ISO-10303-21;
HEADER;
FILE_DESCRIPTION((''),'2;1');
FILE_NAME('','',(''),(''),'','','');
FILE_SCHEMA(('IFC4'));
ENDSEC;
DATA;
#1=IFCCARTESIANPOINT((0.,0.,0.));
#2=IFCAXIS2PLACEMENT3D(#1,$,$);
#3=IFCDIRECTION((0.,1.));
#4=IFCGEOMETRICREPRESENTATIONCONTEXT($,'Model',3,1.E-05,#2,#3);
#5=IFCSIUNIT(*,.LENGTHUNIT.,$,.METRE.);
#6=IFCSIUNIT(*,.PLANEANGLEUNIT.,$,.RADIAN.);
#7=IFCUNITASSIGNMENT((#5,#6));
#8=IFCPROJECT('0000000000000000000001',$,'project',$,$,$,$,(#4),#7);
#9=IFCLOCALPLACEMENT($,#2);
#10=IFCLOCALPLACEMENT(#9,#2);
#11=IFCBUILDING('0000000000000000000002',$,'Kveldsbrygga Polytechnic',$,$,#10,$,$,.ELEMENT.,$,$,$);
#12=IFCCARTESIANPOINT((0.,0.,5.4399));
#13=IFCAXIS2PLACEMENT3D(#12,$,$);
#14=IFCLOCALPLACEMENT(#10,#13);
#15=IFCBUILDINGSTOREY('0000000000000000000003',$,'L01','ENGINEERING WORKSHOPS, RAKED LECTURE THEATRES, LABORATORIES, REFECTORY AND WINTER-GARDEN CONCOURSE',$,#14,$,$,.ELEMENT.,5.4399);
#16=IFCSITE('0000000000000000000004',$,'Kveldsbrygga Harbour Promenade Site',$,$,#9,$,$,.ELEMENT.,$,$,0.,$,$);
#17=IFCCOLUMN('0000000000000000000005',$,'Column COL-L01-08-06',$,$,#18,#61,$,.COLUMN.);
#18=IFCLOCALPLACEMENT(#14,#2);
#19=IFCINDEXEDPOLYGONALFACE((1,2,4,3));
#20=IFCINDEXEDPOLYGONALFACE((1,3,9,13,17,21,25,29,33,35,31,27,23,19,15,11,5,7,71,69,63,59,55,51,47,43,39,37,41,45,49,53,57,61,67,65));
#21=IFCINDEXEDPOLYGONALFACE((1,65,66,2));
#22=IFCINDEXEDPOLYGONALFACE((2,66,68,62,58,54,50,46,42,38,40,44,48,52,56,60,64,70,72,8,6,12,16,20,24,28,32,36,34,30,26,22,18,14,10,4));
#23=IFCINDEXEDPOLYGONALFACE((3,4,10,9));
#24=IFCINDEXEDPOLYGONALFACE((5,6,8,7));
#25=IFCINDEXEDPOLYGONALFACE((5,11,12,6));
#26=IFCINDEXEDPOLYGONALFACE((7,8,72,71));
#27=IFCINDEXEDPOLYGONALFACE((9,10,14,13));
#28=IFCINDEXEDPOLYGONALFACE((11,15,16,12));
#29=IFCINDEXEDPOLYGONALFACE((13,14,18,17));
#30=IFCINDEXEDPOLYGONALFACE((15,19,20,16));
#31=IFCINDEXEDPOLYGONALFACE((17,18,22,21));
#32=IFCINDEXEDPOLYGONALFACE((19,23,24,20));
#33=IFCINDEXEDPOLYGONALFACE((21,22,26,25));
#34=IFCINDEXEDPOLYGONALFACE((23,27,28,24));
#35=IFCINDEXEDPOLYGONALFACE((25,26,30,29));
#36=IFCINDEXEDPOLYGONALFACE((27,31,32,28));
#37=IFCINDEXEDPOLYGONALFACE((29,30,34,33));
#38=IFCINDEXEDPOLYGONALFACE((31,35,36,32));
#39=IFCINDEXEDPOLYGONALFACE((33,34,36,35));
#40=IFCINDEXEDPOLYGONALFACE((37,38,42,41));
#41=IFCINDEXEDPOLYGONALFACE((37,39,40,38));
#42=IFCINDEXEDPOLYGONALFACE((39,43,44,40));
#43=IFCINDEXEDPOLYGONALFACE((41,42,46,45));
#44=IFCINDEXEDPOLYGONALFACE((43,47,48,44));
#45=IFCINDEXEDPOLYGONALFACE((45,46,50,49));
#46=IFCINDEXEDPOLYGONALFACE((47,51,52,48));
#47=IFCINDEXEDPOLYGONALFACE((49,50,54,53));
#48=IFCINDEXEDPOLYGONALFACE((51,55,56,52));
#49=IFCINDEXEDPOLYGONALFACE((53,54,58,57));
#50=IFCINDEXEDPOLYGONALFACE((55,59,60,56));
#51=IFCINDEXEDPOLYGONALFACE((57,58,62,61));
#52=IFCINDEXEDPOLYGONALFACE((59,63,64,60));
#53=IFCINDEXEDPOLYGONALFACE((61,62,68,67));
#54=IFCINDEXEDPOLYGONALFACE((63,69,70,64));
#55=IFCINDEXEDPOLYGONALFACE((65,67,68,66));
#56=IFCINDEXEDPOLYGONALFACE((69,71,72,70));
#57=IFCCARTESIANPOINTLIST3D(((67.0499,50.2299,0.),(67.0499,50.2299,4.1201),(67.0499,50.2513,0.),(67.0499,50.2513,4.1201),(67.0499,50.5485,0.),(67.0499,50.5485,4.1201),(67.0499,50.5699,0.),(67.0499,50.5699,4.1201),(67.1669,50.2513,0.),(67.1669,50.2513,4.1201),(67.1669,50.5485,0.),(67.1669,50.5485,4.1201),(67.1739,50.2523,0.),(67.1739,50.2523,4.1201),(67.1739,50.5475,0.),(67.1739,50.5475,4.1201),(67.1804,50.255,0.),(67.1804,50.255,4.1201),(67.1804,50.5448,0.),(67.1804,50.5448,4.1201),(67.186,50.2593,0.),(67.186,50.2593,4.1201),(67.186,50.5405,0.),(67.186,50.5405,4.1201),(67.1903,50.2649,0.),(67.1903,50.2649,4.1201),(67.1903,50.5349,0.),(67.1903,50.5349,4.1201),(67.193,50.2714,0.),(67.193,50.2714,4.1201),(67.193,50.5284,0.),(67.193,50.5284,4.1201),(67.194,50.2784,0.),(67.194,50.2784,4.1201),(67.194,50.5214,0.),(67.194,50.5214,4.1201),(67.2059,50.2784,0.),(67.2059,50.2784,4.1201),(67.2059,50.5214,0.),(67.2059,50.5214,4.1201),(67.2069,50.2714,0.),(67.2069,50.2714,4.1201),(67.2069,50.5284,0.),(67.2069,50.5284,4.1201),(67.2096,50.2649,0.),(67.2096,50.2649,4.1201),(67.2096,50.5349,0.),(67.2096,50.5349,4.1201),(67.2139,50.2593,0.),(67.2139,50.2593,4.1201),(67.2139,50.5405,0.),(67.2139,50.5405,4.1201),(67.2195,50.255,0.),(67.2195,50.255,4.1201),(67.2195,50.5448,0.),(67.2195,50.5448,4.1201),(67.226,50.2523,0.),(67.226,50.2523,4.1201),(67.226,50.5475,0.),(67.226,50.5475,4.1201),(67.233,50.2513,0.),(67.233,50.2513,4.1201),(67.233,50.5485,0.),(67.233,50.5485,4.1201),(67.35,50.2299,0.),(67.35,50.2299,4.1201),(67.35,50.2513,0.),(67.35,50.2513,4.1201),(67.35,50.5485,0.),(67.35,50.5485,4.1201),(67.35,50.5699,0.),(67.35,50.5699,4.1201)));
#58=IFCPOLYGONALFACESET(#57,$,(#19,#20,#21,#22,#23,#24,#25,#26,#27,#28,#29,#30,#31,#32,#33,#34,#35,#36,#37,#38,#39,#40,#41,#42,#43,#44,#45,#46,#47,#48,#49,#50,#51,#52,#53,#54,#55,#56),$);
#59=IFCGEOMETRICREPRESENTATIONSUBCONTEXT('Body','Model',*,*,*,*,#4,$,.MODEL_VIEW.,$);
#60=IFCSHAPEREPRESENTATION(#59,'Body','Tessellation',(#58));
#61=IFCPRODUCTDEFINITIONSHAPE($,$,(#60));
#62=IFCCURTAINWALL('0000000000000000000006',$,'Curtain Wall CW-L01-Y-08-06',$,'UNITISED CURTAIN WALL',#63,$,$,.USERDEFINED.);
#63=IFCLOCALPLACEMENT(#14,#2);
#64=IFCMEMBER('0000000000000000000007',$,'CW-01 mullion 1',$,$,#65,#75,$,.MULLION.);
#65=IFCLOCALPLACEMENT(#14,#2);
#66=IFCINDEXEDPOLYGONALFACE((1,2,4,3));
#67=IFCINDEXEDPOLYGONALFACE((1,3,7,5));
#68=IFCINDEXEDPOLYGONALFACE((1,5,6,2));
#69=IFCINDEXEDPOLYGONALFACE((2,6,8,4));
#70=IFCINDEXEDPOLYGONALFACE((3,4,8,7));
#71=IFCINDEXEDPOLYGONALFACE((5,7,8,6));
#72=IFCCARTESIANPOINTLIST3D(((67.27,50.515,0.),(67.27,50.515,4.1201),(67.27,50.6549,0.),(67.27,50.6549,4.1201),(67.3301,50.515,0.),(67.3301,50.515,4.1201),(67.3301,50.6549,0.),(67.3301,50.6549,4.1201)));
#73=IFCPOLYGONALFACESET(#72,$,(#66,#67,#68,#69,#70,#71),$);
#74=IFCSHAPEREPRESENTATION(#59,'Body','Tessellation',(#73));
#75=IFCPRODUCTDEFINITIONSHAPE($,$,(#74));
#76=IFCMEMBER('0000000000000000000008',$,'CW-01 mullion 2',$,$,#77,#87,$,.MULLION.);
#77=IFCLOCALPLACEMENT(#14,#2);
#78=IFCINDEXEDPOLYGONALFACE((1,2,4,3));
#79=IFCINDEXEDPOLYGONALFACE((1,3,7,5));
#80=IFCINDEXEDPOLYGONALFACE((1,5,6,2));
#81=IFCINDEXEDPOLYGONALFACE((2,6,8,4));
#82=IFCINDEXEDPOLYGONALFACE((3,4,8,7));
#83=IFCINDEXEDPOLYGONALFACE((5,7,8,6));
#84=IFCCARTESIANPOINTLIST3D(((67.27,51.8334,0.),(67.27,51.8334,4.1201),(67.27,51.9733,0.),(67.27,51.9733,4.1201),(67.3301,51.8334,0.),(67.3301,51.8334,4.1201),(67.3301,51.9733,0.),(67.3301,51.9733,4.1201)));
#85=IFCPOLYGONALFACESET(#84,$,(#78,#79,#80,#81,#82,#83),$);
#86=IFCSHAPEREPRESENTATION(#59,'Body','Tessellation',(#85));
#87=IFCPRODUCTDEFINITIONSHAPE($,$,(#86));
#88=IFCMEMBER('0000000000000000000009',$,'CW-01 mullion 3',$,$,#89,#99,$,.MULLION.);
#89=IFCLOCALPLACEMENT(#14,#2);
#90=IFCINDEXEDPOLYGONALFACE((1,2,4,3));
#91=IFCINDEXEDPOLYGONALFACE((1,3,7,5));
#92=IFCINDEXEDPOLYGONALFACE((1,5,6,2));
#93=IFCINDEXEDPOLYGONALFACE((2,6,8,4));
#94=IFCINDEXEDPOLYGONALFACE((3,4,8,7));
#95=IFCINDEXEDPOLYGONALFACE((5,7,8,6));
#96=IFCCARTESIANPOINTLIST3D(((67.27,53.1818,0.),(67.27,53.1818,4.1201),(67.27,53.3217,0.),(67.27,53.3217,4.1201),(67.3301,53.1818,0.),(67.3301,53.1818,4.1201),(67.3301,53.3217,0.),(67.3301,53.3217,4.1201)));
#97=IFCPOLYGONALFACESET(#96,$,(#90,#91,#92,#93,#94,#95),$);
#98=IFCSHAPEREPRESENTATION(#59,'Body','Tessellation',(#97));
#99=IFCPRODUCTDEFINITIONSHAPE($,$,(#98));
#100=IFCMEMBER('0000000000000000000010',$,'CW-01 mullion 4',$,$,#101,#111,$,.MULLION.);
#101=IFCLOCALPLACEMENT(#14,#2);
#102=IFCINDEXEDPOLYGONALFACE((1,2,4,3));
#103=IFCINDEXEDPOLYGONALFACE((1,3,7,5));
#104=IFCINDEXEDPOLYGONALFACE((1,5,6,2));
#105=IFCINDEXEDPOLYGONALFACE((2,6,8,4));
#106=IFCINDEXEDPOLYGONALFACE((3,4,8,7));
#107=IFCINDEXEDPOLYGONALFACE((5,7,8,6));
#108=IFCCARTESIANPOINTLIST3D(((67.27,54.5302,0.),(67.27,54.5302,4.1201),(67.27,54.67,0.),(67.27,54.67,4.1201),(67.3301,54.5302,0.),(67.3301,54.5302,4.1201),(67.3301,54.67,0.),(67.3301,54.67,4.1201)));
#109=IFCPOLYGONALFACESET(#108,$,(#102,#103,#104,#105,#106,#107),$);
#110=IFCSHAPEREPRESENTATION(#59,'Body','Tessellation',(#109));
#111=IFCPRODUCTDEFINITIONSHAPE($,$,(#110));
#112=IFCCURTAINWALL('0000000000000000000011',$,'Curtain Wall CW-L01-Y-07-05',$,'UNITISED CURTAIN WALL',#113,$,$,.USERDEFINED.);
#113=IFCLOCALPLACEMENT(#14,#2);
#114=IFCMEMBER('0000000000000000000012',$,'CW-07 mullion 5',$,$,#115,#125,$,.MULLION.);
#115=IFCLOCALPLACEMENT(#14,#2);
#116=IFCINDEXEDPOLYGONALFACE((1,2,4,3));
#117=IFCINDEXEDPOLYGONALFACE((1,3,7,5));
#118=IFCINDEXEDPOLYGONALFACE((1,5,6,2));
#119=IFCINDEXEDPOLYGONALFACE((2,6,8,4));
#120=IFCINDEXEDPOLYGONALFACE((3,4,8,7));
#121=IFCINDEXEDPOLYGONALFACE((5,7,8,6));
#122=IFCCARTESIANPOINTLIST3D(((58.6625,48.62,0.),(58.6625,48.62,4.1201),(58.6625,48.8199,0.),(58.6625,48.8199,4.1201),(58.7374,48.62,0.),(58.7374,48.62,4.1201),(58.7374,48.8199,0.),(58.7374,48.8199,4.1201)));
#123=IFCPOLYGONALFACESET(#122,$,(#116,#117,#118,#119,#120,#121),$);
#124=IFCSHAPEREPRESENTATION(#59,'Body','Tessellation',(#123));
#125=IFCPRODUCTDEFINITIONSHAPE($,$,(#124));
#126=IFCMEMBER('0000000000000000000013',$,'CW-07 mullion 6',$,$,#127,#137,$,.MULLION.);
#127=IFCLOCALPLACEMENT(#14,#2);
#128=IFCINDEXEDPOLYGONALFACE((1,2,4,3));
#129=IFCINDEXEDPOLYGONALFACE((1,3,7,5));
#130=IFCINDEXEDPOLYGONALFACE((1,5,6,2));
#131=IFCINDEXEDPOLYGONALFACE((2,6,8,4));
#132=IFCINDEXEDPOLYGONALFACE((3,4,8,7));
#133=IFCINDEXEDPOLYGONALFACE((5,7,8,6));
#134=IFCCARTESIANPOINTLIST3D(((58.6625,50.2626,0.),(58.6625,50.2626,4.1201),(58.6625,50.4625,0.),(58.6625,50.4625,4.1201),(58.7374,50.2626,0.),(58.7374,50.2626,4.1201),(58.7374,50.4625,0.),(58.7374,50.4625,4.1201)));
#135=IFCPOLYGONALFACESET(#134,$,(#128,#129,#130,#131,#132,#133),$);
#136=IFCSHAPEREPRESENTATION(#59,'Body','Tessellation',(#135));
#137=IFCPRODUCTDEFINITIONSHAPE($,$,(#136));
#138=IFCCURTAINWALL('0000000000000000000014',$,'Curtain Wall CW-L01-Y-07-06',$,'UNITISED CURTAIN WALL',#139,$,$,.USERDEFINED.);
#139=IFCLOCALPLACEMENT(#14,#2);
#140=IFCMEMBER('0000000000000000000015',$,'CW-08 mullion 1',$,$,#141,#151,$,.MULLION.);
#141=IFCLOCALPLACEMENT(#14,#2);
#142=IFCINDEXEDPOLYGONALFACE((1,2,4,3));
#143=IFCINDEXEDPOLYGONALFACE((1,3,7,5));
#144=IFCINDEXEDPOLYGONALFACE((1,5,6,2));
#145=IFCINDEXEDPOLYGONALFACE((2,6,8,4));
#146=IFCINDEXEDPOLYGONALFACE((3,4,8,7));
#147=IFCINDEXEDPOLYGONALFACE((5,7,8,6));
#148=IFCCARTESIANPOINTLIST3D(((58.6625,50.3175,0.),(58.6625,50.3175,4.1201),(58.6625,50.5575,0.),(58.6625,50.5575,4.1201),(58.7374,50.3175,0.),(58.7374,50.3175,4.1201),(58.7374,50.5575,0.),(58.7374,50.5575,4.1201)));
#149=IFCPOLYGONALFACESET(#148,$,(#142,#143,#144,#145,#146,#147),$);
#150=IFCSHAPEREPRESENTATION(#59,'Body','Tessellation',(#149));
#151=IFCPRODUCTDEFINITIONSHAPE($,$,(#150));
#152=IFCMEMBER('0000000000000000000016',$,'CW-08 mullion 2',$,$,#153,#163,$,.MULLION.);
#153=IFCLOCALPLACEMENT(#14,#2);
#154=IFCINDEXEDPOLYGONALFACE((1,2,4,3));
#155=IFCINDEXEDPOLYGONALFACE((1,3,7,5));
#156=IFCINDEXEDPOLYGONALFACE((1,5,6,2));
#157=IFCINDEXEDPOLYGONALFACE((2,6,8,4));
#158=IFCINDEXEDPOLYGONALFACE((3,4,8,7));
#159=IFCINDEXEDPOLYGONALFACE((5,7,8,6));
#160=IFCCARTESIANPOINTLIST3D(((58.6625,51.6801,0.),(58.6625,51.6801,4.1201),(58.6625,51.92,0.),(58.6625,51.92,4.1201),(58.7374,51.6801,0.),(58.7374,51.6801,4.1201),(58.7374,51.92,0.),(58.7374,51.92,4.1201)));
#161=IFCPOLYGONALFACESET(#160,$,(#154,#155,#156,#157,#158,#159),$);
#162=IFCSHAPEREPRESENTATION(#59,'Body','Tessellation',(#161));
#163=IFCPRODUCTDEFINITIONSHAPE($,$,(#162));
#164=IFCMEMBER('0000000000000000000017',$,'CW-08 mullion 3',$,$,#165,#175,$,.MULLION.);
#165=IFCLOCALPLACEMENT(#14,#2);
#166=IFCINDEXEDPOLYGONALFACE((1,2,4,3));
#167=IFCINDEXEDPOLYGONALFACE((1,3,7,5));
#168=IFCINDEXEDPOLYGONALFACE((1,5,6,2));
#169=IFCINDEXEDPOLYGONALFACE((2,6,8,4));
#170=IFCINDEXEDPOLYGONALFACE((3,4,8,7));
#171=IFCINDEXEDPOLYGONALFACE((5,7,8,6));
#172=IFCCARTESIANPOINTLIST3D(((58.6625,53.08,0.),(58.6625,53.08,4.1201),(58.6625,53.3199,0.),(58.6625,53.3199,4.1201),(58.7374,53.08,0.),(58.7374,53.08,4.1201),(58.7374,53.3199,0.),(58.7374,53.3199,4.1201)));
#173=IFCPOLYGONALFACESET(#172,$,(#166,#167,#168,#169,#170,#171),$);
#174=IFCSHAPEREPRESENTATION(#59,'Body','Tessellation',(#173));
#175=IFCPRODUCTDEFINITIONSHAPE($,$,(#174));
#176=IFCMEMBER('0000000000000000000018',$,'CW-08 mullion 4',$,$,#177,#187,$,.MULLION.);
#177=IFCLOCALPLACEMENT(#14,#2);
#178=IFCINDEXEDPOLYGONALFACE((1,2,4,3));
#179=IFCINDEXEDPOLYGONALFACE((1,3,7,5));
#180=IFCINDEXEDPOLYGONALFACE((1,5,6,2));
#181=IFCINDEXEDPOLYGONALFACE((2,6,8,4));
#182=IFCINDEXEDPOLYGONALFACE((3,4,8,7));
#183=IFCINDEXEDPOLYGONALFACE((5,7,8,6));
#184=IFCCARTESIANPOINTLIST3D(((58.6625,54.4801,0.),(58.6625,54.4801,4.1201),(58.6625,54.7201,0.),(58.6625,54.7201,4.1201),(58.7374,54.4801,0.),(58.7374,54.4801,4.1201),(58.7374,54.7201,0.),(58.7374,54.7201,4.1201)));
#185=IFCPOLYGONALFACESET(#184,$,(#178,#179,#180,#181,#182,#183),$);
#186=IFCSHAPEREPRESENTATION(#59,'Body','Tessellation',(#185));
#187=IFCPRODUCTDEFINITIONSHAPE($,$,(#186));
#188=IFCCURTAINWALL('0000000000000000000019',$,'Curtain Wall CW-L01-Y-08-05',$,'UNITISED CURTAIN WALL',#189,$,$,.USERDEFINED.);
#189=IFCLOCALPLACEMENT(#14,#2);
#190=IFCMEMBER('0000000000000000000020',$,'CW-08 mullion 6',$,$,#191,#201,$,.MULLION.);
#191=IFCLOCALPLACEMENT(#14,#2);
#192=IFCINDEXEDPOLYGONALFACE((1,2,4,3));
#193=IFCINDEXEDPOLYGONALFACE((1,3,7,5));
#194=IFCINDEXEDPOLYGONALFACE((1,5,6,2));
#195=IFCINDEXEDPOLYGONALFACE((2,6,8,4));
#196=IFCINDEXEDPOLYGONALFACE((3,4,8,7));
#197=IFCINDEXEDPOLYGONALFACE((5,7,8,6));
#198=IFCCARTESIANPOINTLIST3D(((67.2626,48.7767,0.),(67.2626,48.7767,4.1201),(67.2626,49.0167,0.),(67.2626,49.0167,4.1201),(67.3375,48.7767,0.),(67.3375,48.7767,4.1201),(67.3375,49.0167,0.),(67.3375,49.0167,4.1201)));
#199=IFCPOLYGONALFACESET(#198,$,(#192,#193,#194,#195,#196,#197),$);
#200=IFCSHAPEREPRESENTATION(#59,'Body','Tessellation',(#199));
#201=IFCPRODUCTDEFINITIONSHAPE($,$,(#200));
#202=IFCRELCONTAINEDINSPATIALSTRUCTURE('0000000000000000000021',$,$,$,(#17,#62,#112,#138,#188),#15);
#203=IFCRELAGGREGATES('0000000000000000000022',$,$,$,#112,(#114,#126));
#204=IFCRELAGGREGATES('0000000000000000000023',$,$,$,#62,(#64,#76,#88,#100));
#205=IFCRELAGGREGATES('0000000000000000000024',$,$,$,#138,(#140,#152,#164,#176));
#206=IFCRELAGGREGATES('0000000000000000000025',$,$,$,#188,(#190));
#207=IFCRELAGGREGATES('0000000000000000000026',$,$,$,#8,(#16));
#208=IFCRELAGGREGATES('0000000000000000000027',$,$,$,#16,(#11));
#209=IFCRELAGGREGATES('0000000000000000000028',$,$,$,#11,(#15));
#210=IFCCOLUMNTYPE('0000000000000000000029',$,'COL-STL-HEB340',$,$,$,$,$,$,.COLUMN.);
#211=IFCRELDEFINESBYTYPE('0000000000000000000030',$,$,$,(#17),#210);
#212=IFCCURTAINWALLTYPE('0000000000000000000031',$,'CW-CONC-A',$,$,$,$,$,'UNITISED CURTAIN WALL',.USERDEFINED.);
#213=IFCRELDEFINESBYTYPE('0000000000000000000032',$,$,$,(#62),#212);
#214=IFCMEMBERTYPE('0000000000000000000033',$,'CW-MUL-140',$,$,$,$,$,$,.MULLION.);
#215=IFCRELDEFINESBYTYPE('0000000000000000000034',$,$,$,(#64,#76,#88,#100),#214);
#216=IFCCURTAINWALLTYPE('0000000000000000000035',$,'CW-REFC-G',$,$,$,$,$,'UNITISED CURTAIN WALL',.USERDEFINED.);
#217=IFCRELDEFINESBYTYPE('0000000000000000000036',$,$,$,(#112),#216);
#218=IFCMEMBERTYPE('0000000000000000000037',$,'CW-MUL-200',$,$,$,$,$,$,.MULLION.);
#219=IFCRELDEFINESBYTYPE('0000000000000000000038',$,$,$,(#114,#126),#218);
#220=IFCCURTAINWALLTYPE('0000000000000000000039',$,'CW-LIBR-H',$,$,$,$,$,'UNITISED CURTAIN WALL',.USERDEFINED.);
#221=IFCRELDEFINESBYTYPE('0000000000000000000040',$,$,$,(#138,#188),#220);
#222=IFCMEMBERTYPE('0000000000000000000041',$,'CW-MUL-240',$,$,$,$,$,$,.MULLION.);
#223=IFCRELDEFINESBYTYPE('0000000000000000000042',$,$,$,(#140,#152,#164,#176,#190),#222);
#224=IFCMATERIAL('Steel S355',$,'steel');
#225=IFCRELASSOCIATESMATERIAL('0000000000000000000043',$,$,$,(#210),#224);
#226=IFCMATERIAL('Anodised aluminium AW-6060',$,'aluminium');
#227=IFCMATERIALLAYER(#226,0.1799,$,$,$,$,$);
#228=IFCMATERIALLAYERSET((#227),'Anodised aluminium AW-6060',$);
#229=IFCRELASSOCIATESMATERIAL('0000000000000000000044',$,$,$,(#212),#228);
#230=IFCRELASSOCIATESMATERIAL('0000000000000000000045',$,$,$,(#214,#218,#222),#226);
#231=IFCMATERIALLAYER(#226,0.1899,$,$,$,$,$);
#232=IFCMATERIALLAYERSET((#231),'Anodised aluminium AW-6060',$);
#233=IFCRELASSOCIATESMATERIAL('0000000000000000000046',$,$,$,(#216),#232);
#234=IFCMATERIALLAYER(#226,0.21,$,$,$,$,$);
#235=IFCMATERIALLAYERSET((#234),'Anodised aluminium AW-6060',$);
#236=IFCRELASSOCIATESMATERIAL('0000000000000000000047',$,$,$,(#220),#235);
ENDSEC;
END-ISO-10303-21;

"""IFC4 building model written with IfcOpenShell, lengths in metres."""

from ifc_helpers import new_model, si_unit, direction, frame, origin, origin_2d, place, context, subcontext, project, spatial, rectangle, i_section, extrude, material, layer, layer_set, material_profile, profile_set, type_object, element, aggregate, save


model = new_model("IFC4")

# Units and contexts
model_context = context("Model", 3, precision=1e-05, world=origin(), true_north=direction((0.0, 1.0)))
body_context = subcontext(model_context, "Body", "Model", "MODEL_VIEW")
ifc_project = project(units=[si_unit("LENGTHUNIT", "METRE"), si_unit("PLANEANGLEUNIT", "RADIAN")], contexts=[model_context])

# Site, building, storey
site_placement = place(None, origin())
site = spatial("IfcSite", under=ifc_project, at=site_placement, Name="Kveldsbrygga Harbour Promenade Site", CompositionType="ELEMENT", RefElevation=0.0)
building_placement = place(site_placement, origin())
building = spatial("IfcBuilding", under=site, at=building_placement, Name="Kveldsbrygga Polytechnic", CompositionType="ELEMENT")
storey_placement = place(building_placement, frame((0.0, 0.0, 5.4399)))
storey = spatial("IfcBuildingStorey", under=building, at=storey_placement, Name="L01", Description="ENGINEERING WORKSHOPS, RAKED LECTURE THEATRES, LABORATORIES, REFECTORY AND WINTER-GARDEN CONCOURSE", CompositionType="ELEMENT", Elevation=5.4399)

# Column
ifc_material_1 = material(Name="Steel S355", Category="steel")
ifc_material_profile_1 = material_profile(ifc_material_1, i_section(OverallWidth=0.3, OverallDepth=0.3401, WebThickness=0.012, FlangeThickness=0.0215, FilletRadius=0.0271, at=origin_2d()), Name="HEB 340")
ifc_profile_set_1 = profile_set([ifc_material_profile_1], Name="Steel S355")
column_type = type_object("IfcColumnType", Name="COL-STL-HEB340", PredefinedType="COLUMN", material=ifc_profile_set_1)
column_placement = place(storey_placement, frame((67.2, 50.3999, 0.0), z_axis=(0.0, 0.0, 1.0), x_axis=(1.0, 0.0, 0.0)))
element("IfcColumn", 1, at=column_placement, inside=storey, type_object=column_type, Name="Column COL-L01-08-06", PredefinedType="COLUMN", context=body_context, shape_type="SweptSolid", body=[
    extrude(i_section(OverallWidth=0.3, OverallDepth=0.3401, WebThickness=0.012, FlangeThickness=0.0215, FilletRadius=0.0271, at=origin_2d()), origin(), (0.0, 0.0, 1.0), 4.1201),
])

# Curtain walls, members
ifc_material_2 = material(Name="Anodised aluminium AW-6060", Category="aluminium")
ifc_layer_1 = layer(ifc_material_2, 0.1799)
ifc_layer_set_1 = layer_set([ifc_layer_1], Name="Anodised aluminium AW-6060")
curtain_wall_type_1 = type_object("IfcCurtainWallType", Name="CW-CONC-A", ElementType="UNITISED CURTAIN WALL", PredefinedType="USERDEFINED", material=ifc_layer_set_1)
curtain_wall_1_placement = place(storey_placement, origin())
curtain_wall_1 = element("IfcCurtainWall", 2, at=curtain_wall_1_placement, inside=storey, type_object=curtain_wall_type_1, Name="Curtain Wall CW-L01-Y-08-06", ObjectType="UNITISED CURTAIN WALL", PredefinedType="USERDEFINED")
ifc_material_profile_2 = material_profile(ifc_material_2, rectangle(XDim=0.0601, YDim=0.1399, at=origin_2d()), Name="ALU 60x140")
ifc_profile_set_2 = profile_set([ifc_material_profile_2], Name="Anodised aluminium AW-6060")
member_type_1 = type_object("IfcMemberType", Name="CW-MUL-140", PredefinedType="MULLION", material=ifc_profile_set_2)
member_1_placement = place(storey_placement, frame((67.3, 50.585, 0.0), z_axis=(0.0, 0.0, 1.0), x_axis=(-1.0, 0.0, 0.0)))
member_1 = element("IfcMember", 3, at=member_1_placement, type_object=member_type_1, Name="CW-01 mullion 1", PredefinedType="MULLION", context=body_context, shape_type="SweptSolid", body=[
    extrude(rectangle(XDim=0.0601, YDim=0.1399, at=origin_2d()), origin(), (0.0, 0.0, 1.0), 4.1201),
])
member_2_placement = place(storey_placement, frame((67.3, 51.9033, 0.0), z_axis=(0.0, 0.0, 1.0), x_axis=(-1.0, 0.0, 0.0)))
member_2 = element("IfcMember", 4, at=member_2_placement, type_object=member_type_1, Name="CW-01 mullion 2", PredefinedType="MULLION", context=body_context, shape_type="SweptSolid", body=[
    extrude(rectangle(XDim=0.0601, YDim=0.1399, at=origin_2d()), origin(), (0.0, 0.0, 1.0), 4.1201),
])
member_3_placement = place(storey_placement, frame((67.3, 53.2517, 0.0), z_axis=(0.0, 0.0, 1.0), x_axis=(-1.0, 0.0, 0.0)))
member_3 = element("IfcMember", 5, at=member_3_placement, type_object=member_type_1, Name="CW-01 mullion 3", PredefinedType="MULLION", context=body_context, shape_type="SweptSolid", body=[
    extrude(rectangle(XDim=0.0601, YDim=0.1399, at=origin_2d()), origin(), (0.0, 0.0, 1.0), 4.1201),
])
member_4_placement = place(storey_placement, frame((67.3, 54.6001, 0.0), z_axis=(0.0, 0.0, 1.0), x_axis=(-1.0, 0.0, 0.0)))
member_4 = element("IfcMember", 6, at=member_4_placement, type_object=member_type_1, Name="CW-01 mullion 4", PredefinedType="MULLION", context=body_context, shape_type="SweptSolid", body=[
    extrude(rectangle(XDim=0.0601, YDim=0.1399, at=origin_2d()), origin(), (0.0, 0.0, 1.0), 4.1201),
])
ifc_layer_2 = layer(ifc_material_2, 0.1899)
ifc_layer_set_2 = layer_set([ifc_layer_2], Name="Anodised aluminium AW-6060")
curtain_wall_type_2 = type_object("IfcCurtainWallType", Name="CW-REFC-G", ElementType="UNITISED CURTAIN WALL", PredefinedType="USERDEFINED", material=ifc_layer_set_2)
curtain_wall_2_placement = place(storey_placement, origin())
curtain_wall_2 = element("IfcCurtainWall", 7, at=curtain_wall_2_placement, inside=storey, type_object=curtain_wall_type_2, Name="Curtain Wall CW-L01-Y-07-05", ObjectType="UNITISED CURTAIN WALL", PredefinedType="USERDEFINED")
ifc_material_profile_3 = material_profile(ifc_material_2, rectangle(XDim=0.075, YDim=0.2, at=origin_2d()), Name="ALU 75x200")
ifc_profile_set_3 = profile_set([ifc_material_profile_3], Name="Anodised aluminium AW-6060")
member_type_2 = type_object("IfcMemberType", Name="CW-MUL-200", PredefinedType="MULLION", material=ifc_profile_set_3)
member_5_placement = place(storey_placement, frame((58.7, 48.72, 0.0), z_axis=(0.0, 0.0, 1.0), x_axis=(-1.0, 0.0, 0.0)))
member_5 = element("IfcMember", 8, at=member_5_placement, type_object=member_type_2, Name="CW-07 mullion 5", PredefinedType="MULLION", context=body_context, shape_type="SweptSolid", body=[
    extrude(rectangle(XDim=0.075, YDim=0.2, at=origin_2d()), origin(), (0.0, 0.0, 1.0), 4.1201),
])
member_6_placement = place(storey_placement, frame((58.7, 50.3625, 0.0), z_axis=(0.0, 0.0, 1.0), x_axis=(-1.0, 0.0, 0.0)))
member_6 = element("IfcMember", 9, at=member_6_placement, type_object=member_type_2, Name="CW-07 mullion 6", PredefinedType="MULLION", context=body_context, shape_type="SweptSolid", body=[
    extrude(rectangle(XDim=0.075, YDim=0.2, at=origin_2d()), origin(), (0.0, 0.0, 1.0), 4.1201),
])
ifc_layer_3 = layer(ifc_material_2, 0.21)
ifc_layer_set_3 = layer_set([ifc_layer_3], Name="Anodised aluminium AW-6060")
curtain_wall_type_3 = type_object("IfcCurtainWallType", Name="CW-LIBR-H", ElementType="UNITISED CURTAIN WALL", PredefinedType="USERDEFINED", material=ifc_layer_set_3)
curtain_wall_3_placement = place(storey_placement, origin())
curtain_wall_3 = element("IfcCurtainWall", 10, at=curtain_wall_3_placement, inside=storey, type_object=curtain_wall_type_3, Name="Curtain Wall CW-L01-Y-07-06", ObjectType="UNITISED CURTAIN WALL", PredefinedType="USERDEFINED")
ifc_material_profile_4 = material_profile(ifc_material_2, rectangle(XDim=0.075, YDim=0.24, at=origin_2d()), Name="ALU 75x240")
ifc_profile_set_4 = profile_set([ifc_material_profile_4], Name="Anodised aluminium AW-6060")
member_type_3 = type_object("IfcMemberType", Name="CW-MUL-240", PredefinedType="MULLION", material=ifc_profile_set_4)
member_7_placement = place(storey_placement, frame((58.7, 50.4375, 0.0), z_axis=(0.0, 0.0, 1.0), x_axis=(-1.0, 0.0, 0.0)))
member_7 = element("IfcMember", 11, at=member_7_placement, type_object=member_type_3, Name="CW-08 mullion 1", PredefinedType="MULLION", context=body_context, shape_type="SweptSolid", body=[
    extrude(rectangle(XDim=0.075, YDim=0.24, at=origin_2d()), origin(), (0.0, 0.0, 1.0), 4.1201),
])
member_8_placement = place(storey_placement, frame((58.7, 51.8, 0.0), z_axis=(0.0, 0.0, 1.0), x_axis=(-1.0, 0.0, 0.0)))
member_8 = element("IfcMember", 12, at=member_8_placement, type_object=member_type_3, Name="CW-08 mullion 2", PredefinedType="MULLION", context=body_context, shape_type="SweptSolid", body=[
    extrude(rectangle(XDim=0.075, YDim=0.24, at=origin_2d()), origin(), (0.0, 0.0, 1.0), 4.1201),
])
member_9_placement = place(storey_placement, frame((58.7, 53.2, 0.0), z_axis=(0.0, 0.0, 1.0), x_axis=(-1.0, 0.0, 0.0)))
member_9 = element("IfcMember", 13, at=member_9_placement, type_object=member_type_3, Name="CW-08 mullion 3", PredefinedType="MULLION", context=body_context, shape_type="SweptSolid", body=[
    extrude(rectangle(XDim=0.075, YDim=0.24, at=origin_2d()), origin(), (0.0, 0.0, 1.0), 4.1201),
])
member_10_placement = place(storey_placement, frame((58.7, 54.6001, 0.0), z_axis=(0.0, 0.0, 1.0), x_axis=(-1.0, 0.0, 0.0)))
member_10 = element("IfcMember", 14, at=member_10_placement, type_object=member_type_3, Name="CW-08 mullion 4", PredefinedType="MULLION", context=body_context, shape_type="SweptSolid", body=[
    extrude(rectangle(XDim=0.075, YDim=0.24, at=origin_2d()), origin(), (0.0, 0.0, 1.0), 4.1201),
])
curtain_wall_4_placement = place(storey_placement, origin())
curtain_wall_4 = element("IfcCurtainWall", 15, at=curtain_wall_4_placement, inside=storey, type_object=curtain_wall_type_3, Name="Curtain Wall CW-L01-Y-08-05", ObjectType="UNITISED CURTAIN WALL", PredefinedType="USERDEFINED")
member_11_placement = place(storey_placement, frame((67.3, 48.8967, 0.0), z_axis=(0.0, 0.0, 1.0), x_axis=(-1.0, 0.0, 0.0)))
member_11 = element("IfcMember", 16, at=member_11_placement, type_object=member_type_3, Name="CW-08 mullion 6", PredefinedType="MULLION", context=body_context, shape_type="SweptSolid", body=[
    extrude(rectangle(XDim=0.075, YDim=0.24, at=origin_2d()), origin(), (0.0, 0.0, 1.0), 4.1201),
])

aggregate(curtain_wall_2, [member_5, member_6])
aggregate(curtain_wall_1, [member_1, member_2, member_3, member_4])
aggregate(curtain_wall_3, [member_7, member_8, member_9, member_10])
aggregate(curtain_wall_4, [member_11])

save(model, "model.ifc")
